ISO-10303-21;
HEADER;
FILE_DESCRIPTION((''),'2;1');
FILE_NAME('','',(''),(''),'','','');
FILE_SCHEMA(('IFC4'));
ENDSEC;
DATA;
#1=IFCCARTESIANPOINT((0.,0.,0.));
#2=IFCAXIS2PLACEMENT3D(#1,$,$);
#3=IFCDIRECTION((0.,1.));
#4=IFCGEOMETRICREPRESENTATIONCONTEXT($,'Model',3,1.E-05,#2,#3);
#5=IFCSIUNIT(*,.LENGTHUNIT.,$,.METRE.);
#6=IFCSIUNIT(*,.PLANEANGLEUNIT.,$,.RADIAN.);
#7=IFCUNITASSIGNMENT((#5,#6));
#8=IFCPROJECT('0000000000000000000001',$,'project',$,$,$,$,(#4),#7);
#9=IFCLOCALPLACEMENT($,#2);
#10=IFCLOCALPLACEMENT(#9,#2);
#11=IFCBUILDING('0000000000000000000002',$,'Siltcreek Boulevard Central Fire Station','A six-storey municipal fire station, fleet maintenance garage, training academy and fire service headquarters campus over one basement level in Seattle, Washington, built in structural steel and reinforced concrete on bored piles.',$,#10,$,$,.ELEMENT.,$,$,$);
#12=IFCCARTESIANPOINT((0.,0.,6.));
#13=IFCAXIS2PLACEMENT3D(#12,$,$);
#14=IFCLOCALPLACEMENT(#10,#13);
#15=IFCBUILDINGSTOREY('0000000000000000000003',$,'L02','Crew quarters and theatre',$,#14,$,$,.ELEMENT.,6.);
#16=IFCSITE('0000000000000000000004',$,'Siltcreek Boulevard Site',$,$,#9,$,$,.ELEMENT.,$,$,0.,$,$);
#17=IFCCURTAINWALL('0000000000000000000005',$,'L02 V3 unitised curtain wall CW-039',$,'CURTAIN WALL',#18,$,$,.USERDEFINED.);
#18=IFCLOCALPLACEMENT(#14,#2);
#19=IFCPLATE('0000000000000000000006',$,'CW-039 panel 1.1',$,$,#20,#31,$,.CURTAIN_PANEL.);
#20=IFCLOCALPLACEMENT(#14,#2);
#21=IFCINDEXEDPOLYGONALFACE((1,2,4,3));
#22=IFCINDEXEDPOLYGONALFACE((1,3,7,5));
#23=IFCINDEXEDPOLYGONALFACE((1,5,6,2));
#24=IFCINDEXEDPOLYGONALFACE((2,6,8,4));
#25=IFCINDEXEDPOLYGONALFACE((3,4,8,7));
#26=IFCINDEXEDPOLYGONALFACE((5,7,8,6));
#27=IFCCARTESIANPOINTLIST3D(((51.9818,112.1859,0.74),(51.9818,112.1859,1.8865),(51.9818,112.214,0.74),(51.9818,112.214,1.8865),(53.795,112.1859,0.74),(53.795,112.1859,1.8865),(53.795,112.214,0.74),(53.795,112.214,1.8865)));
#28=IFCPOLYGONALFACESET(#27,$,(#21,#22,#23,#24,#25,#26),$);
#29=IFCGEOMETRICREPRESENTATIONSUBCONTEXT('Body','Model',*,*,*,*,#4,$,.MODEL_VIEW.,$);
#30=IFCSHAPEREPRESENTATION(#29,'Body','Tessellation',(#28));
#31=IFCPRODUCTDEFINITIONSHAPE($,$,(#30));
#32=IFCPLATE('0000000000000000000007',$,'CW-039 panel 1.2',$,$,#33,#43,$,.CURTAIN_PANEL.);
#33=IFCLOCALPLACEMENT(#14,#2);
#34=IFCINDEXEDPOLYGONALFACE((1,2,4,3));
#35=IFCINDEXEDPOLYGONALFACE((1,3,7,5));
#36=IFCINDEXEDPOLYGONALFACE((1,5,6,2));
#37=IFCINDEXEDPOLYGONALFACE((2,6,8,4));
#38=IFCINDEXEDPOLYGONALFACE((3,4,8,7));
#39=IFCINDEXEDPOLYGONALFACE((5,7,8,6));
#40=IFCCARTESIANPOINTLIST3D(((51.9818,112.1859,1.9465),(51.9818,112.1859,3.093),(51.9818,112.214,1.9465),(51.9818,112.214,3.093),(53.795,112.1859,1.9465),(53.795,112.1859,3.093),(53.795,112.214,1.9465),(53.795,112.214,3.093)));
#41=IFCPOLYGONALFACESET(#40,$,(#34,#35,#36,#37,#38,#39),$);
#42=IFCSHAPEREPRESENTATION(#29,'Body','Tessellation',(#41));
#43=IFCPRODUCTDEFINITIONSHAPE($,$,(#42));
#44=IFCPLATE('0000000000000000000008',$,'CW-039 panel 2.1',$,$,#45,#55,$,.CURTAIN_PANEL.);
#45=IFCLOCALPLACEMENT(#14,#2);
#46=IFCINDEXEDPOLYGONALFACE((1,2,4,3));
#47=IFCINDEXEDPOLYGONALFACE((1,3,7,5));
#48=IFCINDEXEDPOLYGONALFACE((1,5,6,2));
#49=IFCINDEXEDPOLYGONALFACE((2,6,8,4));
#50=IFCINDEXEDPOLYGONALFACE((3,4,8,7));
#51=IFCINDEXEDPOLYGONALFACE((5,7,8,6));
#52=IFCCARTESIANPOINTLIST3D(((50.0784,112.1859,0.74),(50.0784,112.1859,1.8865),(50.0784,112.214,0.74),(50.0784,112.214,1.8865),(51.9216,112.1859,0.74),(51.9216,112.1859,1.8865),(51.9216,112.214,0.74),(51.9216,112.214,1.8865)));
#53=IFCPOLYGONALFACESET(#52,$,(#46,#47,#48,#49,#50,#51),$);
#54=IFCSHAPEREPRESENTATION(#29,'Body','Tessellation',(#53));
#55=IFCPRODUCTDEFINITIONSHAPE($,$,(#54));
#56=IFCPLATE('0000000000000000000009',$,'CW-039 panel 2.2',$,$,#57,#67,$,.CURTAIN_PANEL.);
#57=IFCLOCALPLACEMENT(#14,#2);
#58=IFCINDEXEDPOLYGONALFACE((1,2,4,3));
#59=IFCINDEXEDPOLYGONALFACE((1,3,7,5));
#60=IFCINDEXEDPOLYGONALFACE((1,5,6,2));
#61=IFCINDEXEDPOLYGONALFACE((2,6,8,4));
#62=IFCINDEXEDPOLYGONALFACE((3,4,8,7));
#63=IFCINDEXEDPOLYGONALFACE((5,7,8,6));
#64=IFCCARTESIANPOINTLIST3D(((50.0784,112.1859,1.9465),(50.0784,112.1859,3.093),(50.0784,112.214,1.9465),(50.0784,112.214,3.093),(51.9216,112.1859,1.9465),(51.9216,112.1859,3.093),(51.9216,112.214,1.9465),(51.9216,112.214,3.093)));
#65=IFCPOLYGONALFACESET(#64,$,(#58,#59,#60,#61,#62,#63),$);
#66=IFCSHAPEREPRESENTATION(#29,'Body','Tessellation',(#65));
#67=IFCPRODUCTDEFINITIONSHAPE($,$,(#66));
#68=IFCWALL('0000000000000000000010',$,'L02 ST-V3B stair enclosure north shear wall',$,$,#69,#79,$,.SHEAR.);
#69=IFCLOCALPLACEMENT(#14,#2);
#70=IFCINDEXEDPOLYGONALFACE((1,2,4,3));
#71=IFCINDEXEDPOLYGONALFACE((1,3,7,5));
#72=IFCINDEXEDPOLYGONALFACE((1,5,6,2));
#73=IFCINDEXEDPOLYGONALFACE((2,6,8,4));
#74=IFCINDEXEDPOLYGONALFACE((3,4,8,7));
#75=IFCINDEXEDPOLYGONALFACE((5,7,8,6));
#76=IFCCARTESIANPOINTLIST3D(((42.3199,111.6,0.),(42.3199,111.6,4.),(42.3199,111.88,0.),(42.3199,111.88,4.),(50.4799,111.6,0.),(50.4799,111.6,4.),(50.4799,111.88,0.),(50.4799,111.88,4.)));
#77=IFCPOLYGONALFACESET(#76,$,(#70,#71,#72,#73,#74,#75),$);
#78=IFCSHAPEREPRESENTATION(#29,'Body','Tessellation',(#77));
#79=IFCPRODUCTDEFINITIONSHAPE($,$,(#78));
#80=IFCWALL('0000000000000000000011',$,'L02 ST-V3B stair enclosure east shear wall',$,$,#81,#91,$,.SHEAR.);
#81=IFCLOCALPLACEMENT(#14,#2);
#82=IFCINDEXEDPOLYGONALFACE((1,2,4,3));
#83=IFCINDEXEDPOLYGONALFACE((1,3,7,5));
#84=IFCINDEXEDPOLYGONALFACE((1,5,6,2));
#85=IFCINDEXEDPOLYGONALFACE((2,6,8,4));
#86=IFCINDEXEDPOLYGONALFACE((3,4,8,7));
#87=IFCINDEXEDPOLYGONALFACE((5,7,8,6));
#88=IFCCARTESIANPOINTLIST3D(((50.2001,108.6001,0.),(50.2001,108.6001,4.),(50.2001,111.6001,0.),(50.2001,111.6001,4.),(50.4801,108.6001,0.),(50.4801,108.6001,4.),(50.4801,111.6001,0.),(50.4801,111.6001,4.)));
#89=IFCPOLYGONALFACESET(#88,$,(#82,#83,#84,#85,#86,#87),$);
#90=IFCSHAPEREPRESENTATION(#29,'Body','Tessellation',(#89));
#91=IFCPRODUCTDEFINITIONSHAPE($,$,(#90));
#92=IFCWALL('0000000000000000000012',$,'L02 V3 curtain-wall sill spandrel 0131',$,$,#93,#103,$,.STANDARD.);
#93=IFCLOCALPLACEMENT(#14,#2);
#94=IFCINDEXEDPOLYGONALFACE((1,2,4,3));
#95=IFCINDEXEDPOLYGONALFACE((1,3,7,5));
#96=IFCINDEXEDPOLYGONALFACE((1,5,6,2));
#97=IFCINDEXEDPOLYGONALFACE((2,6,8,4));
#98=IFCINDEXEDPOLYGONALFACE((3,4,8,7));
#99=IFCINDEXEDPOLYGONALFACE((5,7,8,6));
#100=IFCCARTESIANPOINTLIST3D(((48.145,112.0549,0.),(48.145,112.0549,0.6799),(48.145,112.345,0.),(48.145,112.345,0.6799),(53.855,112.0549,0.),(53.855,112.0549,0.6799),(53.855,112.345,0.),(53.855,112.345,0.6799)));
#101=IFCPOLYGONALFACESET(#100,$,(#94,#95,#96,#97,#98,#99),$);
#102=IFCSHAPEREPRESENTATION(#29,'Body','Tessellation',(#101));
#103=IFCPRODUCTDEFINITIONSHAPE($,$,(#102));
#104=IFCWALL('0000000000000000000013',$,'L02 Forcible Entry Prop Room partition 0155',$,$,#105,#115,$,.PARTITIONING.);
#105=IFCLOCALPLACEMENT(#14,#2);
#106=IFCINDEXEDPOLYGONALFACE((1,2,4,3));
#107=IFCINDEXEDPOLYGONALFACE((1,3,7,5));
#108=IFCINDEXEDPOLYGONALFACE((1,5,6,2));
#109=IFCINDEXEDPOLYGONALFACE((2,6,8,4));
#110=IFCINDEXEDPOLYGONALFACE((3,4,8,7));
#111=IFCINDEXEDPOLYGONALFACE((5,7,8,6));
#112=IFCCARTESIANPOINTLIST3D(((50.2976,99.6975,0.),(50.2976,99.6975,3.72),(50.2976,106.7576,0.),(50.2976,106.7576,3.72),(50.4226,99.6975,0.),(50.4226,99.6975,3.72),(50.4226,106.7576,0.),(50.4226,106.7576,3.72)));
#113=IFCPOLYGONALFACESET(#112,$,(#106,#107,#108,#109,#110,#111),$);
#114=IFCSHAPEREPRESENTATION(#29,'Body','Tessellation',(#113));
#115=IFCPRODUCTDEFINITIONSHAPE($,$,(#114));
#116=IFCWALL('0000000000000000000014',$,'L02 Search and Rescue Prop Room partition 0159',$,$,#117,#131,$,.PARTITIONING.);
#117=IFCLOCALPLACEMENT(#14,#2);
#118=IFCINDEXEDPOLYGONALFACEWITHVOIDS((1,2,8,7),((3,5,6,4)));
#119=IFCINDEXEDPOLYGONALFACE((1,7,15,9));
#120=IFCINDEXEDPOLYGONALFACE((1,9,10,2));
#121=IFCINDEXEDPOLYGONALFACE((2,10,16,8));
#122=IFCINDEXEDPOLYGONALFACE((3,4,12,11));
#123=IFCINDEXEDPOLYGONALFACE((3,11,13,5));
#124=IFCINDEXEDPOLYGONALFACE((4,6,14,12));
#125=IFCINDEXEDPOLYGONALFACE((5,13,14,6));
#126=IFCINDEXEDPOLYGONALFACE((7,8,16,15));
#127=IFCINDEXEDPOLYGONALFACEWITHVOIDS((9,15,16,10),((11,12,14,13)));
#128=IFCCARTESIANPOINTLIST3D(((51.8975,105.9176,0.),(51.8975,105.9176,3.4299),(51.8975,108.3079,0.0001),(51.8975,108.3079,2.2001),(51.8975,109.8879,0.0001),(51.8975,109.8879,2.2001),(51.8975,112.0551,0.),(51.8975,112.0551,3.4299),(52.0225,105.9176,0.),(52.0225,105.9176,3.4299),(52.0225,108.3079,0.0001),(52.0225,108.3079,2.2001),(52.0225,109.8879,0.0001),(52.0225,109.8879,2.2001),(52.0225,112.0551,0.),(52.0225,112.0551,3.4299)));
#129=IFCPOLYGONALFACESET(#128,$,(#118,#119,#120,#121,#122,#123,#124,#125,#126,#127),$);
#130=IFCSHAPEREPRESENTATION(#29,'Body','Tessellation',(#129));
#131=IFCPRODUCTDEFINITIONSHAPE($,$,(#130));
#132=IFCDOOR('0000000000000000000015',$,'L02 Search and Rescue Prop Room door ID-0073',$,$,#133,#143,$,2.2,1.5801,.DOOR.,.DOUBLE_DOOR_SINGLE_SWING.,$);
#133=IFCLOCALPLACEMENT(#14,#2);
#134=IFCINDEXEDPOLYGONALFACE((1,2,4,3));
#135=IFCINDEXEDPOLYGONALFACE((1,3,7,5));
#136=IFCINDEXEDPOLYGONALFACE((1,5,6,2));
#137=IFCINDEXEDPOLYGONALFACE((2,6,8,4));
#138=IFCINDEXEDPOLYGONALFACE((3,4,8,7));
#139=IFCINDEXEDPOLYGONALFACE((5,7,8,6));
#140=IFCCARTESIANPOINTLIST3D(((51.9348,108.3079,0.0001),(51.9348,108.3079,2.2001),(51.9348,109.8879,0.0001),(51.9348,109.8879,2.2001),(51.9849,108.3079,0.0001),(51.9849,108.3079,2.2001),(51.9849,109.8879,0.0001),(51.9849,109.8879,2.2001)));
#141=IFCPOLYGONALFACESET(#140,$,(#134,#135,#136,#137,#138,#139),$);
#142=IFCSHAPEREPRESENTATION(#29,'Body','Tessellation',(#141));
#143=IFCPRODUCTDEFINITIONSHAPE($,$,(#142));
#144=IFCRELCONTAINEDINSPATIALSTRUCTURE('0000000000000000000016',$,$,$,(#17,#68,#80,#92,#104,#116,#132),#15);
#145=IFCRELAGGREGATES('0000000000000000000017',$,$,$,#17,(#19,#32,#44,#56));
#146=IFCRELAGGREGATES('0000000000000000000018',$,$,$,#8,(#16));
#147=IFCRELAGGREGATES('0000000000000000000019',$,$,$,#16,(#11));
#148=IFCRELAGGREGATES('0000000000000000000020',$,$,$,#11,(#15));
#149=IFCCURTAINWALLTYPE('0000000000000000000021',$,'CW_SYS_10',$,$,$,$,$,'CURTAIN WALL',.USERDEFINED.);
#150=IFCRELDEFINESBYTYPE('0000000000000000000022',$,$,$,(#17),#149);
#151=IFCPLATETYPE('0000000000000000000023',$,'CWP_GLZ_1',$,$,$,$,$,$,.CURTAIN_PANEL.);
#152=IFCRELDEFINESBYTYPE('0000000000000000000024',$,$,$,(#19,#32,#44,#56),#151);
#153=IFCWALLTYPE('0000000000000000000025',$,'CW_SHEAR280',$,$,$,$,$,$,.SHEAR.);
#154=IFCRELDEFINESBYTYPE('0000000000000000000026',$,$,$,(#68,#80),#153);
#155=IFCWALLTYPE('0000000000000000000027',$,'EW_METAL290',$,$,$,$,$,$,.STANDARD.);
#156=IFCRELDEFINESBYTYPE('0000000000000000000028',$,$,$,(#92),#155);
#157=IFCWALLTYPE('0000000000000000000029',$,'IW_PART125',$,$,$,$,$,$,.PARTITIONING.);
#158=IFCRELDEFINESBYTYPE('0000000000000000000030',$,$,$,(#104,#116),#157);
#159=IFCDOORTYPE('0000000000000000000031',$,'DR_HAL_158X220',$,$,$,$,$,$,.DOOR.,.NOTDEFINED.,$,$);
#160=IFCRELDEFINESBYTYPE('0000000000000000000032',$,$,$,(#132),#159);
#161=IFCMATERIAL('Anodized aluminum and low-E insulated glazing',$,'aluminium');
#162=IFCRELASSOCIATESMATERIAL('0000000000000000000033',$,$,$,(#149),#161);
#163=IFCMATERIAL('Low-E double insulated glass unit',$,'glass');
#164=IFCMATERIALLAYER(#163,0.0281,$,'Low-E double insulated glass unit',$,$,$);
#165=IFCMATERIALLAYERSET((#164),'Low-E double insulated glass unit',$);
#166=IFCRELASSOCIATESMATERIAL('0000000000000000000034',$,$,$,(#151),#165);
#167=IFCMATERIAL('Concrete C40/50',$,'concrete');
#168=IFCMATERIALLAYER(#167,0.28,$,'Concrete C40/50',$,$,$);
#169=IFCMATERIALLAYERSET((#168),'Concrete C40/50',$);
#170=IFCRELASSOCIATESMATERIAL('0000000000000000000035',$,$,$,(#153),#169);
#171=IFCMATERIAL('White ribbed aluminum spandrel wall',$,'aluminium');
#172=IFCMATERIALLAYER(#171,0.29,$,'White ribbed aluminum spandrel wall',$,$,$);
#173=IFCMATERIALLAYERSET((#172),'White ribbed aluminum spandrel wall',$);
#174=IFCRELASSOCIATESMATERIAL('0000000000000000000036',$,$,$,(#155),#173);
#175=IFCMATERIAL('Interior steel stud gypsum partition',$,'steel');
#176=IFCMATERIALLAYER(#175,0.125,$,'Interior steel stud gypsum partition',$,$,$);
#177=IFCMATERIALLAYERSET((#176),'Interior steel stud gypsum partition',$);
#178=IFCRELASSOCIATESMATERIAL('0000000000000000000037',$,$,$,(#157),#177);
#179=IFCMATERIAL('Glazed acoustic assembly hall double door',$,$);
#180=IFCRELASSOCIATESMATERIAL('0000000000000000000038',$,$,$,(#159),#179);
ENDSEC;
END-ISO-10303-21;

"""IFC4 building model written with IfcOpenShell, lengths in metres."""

from ifc_helpers import new_model, si_unit, direction, frame, frame_2d, origin, origin_2d, place, context, subcontext, project, spatial, rectangle, extrude, material, layer, layer_set, type_object, element, fill, aggregate, save


model = new_model("IFC4")

# Units and contexts
model_context = context("Model", 3, precision=1e-05, world=origin(), true_north=direction((0.0, 1.0)))
body_context = subcontext(model_context, "Body", "Model", "MODEL_VIEW")
ifc_project = project(units=[si_unit("LENGTHUNIT", "METRE"), si_unit("PLANEANGLEUNIT", "RADIAN")], contexts=[model_context])

# Site, building, storey
site_placement = place(None, origin())
site = spatial("IfcSite", under=ifc_project, at=site_placement, Name="Siltcreek Boulevard Site", CompositionType="ELEMENT", RefElevation=0.0)
building_placement = place(site_placement, origin())
building = spatial("IfcBuilding", under=site, at=building_placement, Name="Siltcreek Boulevard Central Fire Station", Description="A six-storey municipal fire station, fleet maintenance garage, training academy and fire service headquarters campus over one basement level in Seattle, Washington, built in structural steel and reinforced concrete on bored piles.", CompositionType="ELEMENT")
storey_placement = place(building_placement, frame((0.0, 0.0, 6.0)))
storey = spatial("IfcBuildingStorey", under=building, at=storey_placement, Name="L02", Description="Crew quarters and theatre", CompositionType="ELEMENT", Elevation=6.0)

# Curtain wall
ifc_material_1 = material(Name="Anodized aluminum and low-E insulated glazing", Category="aluminium")
curtain_wall_type = type_object("IfcCurtainWallType", Name="CW_SYS_10", ElementType="CURTAIN WALL", PredefinedType="USERDEFINED", material=ifc_material_1)
curtain_wall_placement = place(storey_placement, origin())
curtain_wall = element("IfcCurtainWall", 1, at=curtain_wall_placement, inside=storey, type_object=curtain_wall_type, Name="L02 V3 unitised curtain wall CW-039", ObjectType="CURTAIN WALL", PredefinedType="USERDEFINED")

# Plates
ifc_material_2 = material(Name="Low-E double insulated glass unit", Category="glass")
ifc_layer_1 = layer(ifc_material_2, 0.0281, Name="Low-E double insulated glass unit")
ifc_layer_set_1 = layer_set([ifc_layer_1], Name="Low-E double insulated glass unit")
plate_type = type_object("IfcPlateType", Name="CWP_GLZ_1", PredefinedType="CURTAIN_PANEL", material=ifc_layer_set_1)
plate_1_placement = place(storey_placement, frame((52.8884, 112.2, 0.74), z_axis=(0.0, 0.0, 1.0), x_axis=(-1.0, 0.0, 0.0)))
plate_1 = element("IfcPlate", 2, at=plate_1_placement, type_object=plate_type, Name="CW-039 panel 1.1", PredefinedType="CURTAIN_PANEL", context=body_context, shape_type="SweptSolid", body=[
    extrude(rectangle(XDim=1.8132, YDim=0.0281, at=origin_2d()), origin(), (0.0, 0.0, 1.0), 1.1465),
])
plate_2_placement = place(storey_placement, frame((52.8884, 112.2, 1.9465), z_axis=(0.0, 0.0, 1.0), x_axis=(-1.0, 0.0, 0.0)))
plate_2 = element("IfcPlate", 3, at=plate_2_placement, type_object=plate_type, Name="CW-039 panel 1.2", PredefinedType="CURTAIN_PANEL", context=body_context, shape_type="SweptSolid", body=[
    extrude(rectangle(XDim=1.8132, YDim=0.0281, at=origin_2d()), origin(), (0.0, 0.0, 1.0), 1.1465),
])
plate_3_placement = place(storey_placement, frame((51.0, 112.2, 0.74), z_axis=(0.0, 0.0, 1.0), x_axis=(-1.0, 0.0, 0.0)))
plate_3 = element("IfcPlate", 4, at=plate_3_placement, type_object=plate_type, Name="CW-039 panel 2.1", PredefinedType="CURTAIN_PANEL", context=body_context, shape_type="SweptSolid", body=[
    extrude(rectangle(XDim=1.8433, YDim=0.0281, at=origin_2d()), origin(), (0.0, 0.0, 1.0), 1.1465),
])
plate_4_placement = place(storey_placement, frame((51.0, 112.2, 1.9465), z_axis=(0.0, 0.0, 1.0), x_axis=(-1.0, 0.0, 0.0)))
plate_4 = element("IfcPlate", 5, at=plate_4_placement, type_object=plate_type, Name="CW-039 panel 2.2", PredefinedType="CURTAIN_PANEL", context=body_context, shape_type="SweptSolid", body=[
    extrude(rectangle(XDim=1.8433, YDim=0.0281, at=origin_2d()), origin(), (0.0, 0.0, 1.0), 1.1465),
])
aggregate(curtain_wall, [plate_1, plate_2, plate_3, plate_4])

# Walls
ifc_material_3 = material(Name="Concrete C40/50", Category="concrete")
ifc_layer_2 = layer(ifc_material_3, 0.28, Name="Concrete C40/50")
ifc_layer_set_2 = layer_set([ifc_layer_2], Name="Concrete C40/50")
wall_type_1 = type_object("IfcWallType", Name="CW_SHEAR280", PredefinedType="SHEAR", material=ifc_layer_set_2)
wall_1_placement = place(storey_placement, frame((50.48, 111.74, 0.0), z_axis=(0.0, 0.0, 1.0), x_axis=(-1.0, 0.0, 0.0)))
element("IfcWall", 6, at=wall_1_placement, inside=storey, type_object=wall_type_1, Name="L02 ST-V3B stair enclosure north shear wall", PredefinedType="SHEAR", context=body_context, shape_type="SweptSolid", body=[
    extrude(rectangle(XDim=8.1599, YDim=0.28, at=frame_2d((4.0801, 0.0))), origin(), (0.0, 0.0, 1.0), 4.0),
])
wall_2_placement = place(storey_placement, frame((50.3401, 108.6001, 0.0), z_axis=(0.0, 0.0, 1.0), x_axis=(0.0, 1.0, 0.0)))
element("IfcWall", 7, at=wall_2_placement, inside=storey, type_object=wall_type_1, Name="L02 ST-V3B stair enclosure east shear wall", PredefinedType="SHEAR", context=body_context, shape_type="SweptSolid", body=[
    extrude(rectangle(XDim=3.0, YDim=0.28, at=frame_2d((1.5, 0.0))), origin(), (0.0, 0.0, 1.0), 4.0),
])
ifc_material_4 = material(Name="White ribbed aluminum spandrel wall", Category="aluminium")
ifc_layer_3 = layer(ifc_material_4, 0.29, Name="White ribbed aluminum spandrel wall")
ifc_layer_set_3 = layer_set([ifc_layer_3], Name="White ribbed aluminum spandrel wall")
wall_type_2 = type_object("IfcWallType", Name="EW_METAL290", PredefinedType="STANDARD", material=ifc_layer_set_3)
wall_3_placement = place(storey_placement, frame((53.855, 112.2, 0.0), z_axis=(0.0, 0.0, 1.0), x_axis=(-1.0, 0.0, 0.0)))
element("IfcWall", 8, at=wall_3_placement, inside=storey, type_object=wall_type_2, Name="L02 V3 curtain-wall sill spandrel 0131", PredefinedType="STANDARD", context=body_context, shape_type="SweptSolid", body=[
    extrude(rectangle(XDim=5.71, YDim=0.29, at=frame_2d((2.855, 0.0))), origin(), (0.0, 0.0, 1.0), 0.6799),
])
ifc_material_5 = material(Name="Interior steel stud gypsum partition", Category="steel")
ifc_layer_4 = layer(ifc_material_5, 0.125, Name="Interior steel stud gypsum partition")
ifc_layer_set_4 = layer_set([ifc_layer_4], Name="Interior steel stud gypsum partition")
wall_type_3 = type_object("IfcWallType", Name="IW_PART125", PredefinedType="PARTITIONING", material=ifc_layer_set_4)
wall_4_placement = place(storey_placement, frame((50.3601, 106.7576, 0.0), z_axis=(0.0, 0.0, 1.0), x_axis=(0.0, -1.0, 0.0)))
element("IfcWall", 9, at=wall_4_placement, inside=storey, type_object=wall_type_3, Name="L02 Forcible Entry Prop Room partition 0155", PredefinedType="PARTITIONING", context=body_context, shape_type="SweptSolid", body=[
    extrude(rectangle(XDim=7.0601, YDim=0.125, at=frame_2d((3.53, 0.0))), origin(), (0.0, 0.0, 1.0), 3.72),
])

# Wall, opening, door
wall_5_placement = place(storey_placement, frame((51.96, 105.9175, 0.0), z_axis=(0.0, 0.0, 1.0), x_axis=(0.0, 1.0, 0.0)))
wall_5 = element("IfcWall", 10, at=wall_5_placement, inside=storey, type_object=wall_type_3, Name="L02 Search and Rescue Prop Room partition 0159", PredefinedType="PARTITIONING", context=body_context, shape_type="SweptSolid", body=[
    extrude(rectangle(XDim=6.1375, YDim=0.125, at=frame_2d((3.0688, 0.0))), origin(), (0.0, 0.0, 1.0), 3.4299),
])
opening_placement = place(wall_5_placement, frame((2.3904, 0.0, 0.0)))
opening = element("IfcOpeningElement", 11, at=opening_placement, cuts=wall_5, PredefinedType="OPENING", context=body_context, shape_type="SweptSolid", body=[
    extrude(rectangle(XDim=1.5801, YDim=2.2, at=frame_2d((0.79, 1.1001))), frame((0.0, 0.0725, 0.0), z_axis=(0.0, -1.0, 0.0), x_axis=(1.0, 0.0, 0.0)), (0.0, 0.0, 1.0), 0.145),
])
ifc_material_6 = material(Name="Glazed acoustic assembly hall double door")
door_type = type_object("IfcDoorType", Name="DR_HAL_158X220", OperationType="NOTDEFINED", PredefinedType="DOOR", material=ifc_material_6)
door_placement = place(opening_placement, frame((1.5801, 0.0, 0.0), z_axis=(0.0, 0.0, 1.0), x_axis=(-1.0, 0.0, 0.0)))
door = element("IfcDoor", 12, at=door_placement, inside=storey, type_object=door_type, Name="L02 Search and Rescue Prop Room door ID-0073", OperationType="DOUBLE_DOOR_SINGLE_SWING", OverallHeight=2.2, OverallWidth=1.5801, PredefinedType="DOOR", context=body_context, shape_type="SweptSolid", body=[
    extrude(rectangle(XDim=1.5801, YDim=2.2, at=frame_2d((0.79, 1.1001))), frame((0.0, 0.0249, 0.0), z_axis=(0.0, -1.0, 0.0), x_axis=(1.0, 0.0, 0.0)), (0.0, 0.0, 1.0), 0.05),
])
fill(opening, door)

save(model, "model.ifc")
